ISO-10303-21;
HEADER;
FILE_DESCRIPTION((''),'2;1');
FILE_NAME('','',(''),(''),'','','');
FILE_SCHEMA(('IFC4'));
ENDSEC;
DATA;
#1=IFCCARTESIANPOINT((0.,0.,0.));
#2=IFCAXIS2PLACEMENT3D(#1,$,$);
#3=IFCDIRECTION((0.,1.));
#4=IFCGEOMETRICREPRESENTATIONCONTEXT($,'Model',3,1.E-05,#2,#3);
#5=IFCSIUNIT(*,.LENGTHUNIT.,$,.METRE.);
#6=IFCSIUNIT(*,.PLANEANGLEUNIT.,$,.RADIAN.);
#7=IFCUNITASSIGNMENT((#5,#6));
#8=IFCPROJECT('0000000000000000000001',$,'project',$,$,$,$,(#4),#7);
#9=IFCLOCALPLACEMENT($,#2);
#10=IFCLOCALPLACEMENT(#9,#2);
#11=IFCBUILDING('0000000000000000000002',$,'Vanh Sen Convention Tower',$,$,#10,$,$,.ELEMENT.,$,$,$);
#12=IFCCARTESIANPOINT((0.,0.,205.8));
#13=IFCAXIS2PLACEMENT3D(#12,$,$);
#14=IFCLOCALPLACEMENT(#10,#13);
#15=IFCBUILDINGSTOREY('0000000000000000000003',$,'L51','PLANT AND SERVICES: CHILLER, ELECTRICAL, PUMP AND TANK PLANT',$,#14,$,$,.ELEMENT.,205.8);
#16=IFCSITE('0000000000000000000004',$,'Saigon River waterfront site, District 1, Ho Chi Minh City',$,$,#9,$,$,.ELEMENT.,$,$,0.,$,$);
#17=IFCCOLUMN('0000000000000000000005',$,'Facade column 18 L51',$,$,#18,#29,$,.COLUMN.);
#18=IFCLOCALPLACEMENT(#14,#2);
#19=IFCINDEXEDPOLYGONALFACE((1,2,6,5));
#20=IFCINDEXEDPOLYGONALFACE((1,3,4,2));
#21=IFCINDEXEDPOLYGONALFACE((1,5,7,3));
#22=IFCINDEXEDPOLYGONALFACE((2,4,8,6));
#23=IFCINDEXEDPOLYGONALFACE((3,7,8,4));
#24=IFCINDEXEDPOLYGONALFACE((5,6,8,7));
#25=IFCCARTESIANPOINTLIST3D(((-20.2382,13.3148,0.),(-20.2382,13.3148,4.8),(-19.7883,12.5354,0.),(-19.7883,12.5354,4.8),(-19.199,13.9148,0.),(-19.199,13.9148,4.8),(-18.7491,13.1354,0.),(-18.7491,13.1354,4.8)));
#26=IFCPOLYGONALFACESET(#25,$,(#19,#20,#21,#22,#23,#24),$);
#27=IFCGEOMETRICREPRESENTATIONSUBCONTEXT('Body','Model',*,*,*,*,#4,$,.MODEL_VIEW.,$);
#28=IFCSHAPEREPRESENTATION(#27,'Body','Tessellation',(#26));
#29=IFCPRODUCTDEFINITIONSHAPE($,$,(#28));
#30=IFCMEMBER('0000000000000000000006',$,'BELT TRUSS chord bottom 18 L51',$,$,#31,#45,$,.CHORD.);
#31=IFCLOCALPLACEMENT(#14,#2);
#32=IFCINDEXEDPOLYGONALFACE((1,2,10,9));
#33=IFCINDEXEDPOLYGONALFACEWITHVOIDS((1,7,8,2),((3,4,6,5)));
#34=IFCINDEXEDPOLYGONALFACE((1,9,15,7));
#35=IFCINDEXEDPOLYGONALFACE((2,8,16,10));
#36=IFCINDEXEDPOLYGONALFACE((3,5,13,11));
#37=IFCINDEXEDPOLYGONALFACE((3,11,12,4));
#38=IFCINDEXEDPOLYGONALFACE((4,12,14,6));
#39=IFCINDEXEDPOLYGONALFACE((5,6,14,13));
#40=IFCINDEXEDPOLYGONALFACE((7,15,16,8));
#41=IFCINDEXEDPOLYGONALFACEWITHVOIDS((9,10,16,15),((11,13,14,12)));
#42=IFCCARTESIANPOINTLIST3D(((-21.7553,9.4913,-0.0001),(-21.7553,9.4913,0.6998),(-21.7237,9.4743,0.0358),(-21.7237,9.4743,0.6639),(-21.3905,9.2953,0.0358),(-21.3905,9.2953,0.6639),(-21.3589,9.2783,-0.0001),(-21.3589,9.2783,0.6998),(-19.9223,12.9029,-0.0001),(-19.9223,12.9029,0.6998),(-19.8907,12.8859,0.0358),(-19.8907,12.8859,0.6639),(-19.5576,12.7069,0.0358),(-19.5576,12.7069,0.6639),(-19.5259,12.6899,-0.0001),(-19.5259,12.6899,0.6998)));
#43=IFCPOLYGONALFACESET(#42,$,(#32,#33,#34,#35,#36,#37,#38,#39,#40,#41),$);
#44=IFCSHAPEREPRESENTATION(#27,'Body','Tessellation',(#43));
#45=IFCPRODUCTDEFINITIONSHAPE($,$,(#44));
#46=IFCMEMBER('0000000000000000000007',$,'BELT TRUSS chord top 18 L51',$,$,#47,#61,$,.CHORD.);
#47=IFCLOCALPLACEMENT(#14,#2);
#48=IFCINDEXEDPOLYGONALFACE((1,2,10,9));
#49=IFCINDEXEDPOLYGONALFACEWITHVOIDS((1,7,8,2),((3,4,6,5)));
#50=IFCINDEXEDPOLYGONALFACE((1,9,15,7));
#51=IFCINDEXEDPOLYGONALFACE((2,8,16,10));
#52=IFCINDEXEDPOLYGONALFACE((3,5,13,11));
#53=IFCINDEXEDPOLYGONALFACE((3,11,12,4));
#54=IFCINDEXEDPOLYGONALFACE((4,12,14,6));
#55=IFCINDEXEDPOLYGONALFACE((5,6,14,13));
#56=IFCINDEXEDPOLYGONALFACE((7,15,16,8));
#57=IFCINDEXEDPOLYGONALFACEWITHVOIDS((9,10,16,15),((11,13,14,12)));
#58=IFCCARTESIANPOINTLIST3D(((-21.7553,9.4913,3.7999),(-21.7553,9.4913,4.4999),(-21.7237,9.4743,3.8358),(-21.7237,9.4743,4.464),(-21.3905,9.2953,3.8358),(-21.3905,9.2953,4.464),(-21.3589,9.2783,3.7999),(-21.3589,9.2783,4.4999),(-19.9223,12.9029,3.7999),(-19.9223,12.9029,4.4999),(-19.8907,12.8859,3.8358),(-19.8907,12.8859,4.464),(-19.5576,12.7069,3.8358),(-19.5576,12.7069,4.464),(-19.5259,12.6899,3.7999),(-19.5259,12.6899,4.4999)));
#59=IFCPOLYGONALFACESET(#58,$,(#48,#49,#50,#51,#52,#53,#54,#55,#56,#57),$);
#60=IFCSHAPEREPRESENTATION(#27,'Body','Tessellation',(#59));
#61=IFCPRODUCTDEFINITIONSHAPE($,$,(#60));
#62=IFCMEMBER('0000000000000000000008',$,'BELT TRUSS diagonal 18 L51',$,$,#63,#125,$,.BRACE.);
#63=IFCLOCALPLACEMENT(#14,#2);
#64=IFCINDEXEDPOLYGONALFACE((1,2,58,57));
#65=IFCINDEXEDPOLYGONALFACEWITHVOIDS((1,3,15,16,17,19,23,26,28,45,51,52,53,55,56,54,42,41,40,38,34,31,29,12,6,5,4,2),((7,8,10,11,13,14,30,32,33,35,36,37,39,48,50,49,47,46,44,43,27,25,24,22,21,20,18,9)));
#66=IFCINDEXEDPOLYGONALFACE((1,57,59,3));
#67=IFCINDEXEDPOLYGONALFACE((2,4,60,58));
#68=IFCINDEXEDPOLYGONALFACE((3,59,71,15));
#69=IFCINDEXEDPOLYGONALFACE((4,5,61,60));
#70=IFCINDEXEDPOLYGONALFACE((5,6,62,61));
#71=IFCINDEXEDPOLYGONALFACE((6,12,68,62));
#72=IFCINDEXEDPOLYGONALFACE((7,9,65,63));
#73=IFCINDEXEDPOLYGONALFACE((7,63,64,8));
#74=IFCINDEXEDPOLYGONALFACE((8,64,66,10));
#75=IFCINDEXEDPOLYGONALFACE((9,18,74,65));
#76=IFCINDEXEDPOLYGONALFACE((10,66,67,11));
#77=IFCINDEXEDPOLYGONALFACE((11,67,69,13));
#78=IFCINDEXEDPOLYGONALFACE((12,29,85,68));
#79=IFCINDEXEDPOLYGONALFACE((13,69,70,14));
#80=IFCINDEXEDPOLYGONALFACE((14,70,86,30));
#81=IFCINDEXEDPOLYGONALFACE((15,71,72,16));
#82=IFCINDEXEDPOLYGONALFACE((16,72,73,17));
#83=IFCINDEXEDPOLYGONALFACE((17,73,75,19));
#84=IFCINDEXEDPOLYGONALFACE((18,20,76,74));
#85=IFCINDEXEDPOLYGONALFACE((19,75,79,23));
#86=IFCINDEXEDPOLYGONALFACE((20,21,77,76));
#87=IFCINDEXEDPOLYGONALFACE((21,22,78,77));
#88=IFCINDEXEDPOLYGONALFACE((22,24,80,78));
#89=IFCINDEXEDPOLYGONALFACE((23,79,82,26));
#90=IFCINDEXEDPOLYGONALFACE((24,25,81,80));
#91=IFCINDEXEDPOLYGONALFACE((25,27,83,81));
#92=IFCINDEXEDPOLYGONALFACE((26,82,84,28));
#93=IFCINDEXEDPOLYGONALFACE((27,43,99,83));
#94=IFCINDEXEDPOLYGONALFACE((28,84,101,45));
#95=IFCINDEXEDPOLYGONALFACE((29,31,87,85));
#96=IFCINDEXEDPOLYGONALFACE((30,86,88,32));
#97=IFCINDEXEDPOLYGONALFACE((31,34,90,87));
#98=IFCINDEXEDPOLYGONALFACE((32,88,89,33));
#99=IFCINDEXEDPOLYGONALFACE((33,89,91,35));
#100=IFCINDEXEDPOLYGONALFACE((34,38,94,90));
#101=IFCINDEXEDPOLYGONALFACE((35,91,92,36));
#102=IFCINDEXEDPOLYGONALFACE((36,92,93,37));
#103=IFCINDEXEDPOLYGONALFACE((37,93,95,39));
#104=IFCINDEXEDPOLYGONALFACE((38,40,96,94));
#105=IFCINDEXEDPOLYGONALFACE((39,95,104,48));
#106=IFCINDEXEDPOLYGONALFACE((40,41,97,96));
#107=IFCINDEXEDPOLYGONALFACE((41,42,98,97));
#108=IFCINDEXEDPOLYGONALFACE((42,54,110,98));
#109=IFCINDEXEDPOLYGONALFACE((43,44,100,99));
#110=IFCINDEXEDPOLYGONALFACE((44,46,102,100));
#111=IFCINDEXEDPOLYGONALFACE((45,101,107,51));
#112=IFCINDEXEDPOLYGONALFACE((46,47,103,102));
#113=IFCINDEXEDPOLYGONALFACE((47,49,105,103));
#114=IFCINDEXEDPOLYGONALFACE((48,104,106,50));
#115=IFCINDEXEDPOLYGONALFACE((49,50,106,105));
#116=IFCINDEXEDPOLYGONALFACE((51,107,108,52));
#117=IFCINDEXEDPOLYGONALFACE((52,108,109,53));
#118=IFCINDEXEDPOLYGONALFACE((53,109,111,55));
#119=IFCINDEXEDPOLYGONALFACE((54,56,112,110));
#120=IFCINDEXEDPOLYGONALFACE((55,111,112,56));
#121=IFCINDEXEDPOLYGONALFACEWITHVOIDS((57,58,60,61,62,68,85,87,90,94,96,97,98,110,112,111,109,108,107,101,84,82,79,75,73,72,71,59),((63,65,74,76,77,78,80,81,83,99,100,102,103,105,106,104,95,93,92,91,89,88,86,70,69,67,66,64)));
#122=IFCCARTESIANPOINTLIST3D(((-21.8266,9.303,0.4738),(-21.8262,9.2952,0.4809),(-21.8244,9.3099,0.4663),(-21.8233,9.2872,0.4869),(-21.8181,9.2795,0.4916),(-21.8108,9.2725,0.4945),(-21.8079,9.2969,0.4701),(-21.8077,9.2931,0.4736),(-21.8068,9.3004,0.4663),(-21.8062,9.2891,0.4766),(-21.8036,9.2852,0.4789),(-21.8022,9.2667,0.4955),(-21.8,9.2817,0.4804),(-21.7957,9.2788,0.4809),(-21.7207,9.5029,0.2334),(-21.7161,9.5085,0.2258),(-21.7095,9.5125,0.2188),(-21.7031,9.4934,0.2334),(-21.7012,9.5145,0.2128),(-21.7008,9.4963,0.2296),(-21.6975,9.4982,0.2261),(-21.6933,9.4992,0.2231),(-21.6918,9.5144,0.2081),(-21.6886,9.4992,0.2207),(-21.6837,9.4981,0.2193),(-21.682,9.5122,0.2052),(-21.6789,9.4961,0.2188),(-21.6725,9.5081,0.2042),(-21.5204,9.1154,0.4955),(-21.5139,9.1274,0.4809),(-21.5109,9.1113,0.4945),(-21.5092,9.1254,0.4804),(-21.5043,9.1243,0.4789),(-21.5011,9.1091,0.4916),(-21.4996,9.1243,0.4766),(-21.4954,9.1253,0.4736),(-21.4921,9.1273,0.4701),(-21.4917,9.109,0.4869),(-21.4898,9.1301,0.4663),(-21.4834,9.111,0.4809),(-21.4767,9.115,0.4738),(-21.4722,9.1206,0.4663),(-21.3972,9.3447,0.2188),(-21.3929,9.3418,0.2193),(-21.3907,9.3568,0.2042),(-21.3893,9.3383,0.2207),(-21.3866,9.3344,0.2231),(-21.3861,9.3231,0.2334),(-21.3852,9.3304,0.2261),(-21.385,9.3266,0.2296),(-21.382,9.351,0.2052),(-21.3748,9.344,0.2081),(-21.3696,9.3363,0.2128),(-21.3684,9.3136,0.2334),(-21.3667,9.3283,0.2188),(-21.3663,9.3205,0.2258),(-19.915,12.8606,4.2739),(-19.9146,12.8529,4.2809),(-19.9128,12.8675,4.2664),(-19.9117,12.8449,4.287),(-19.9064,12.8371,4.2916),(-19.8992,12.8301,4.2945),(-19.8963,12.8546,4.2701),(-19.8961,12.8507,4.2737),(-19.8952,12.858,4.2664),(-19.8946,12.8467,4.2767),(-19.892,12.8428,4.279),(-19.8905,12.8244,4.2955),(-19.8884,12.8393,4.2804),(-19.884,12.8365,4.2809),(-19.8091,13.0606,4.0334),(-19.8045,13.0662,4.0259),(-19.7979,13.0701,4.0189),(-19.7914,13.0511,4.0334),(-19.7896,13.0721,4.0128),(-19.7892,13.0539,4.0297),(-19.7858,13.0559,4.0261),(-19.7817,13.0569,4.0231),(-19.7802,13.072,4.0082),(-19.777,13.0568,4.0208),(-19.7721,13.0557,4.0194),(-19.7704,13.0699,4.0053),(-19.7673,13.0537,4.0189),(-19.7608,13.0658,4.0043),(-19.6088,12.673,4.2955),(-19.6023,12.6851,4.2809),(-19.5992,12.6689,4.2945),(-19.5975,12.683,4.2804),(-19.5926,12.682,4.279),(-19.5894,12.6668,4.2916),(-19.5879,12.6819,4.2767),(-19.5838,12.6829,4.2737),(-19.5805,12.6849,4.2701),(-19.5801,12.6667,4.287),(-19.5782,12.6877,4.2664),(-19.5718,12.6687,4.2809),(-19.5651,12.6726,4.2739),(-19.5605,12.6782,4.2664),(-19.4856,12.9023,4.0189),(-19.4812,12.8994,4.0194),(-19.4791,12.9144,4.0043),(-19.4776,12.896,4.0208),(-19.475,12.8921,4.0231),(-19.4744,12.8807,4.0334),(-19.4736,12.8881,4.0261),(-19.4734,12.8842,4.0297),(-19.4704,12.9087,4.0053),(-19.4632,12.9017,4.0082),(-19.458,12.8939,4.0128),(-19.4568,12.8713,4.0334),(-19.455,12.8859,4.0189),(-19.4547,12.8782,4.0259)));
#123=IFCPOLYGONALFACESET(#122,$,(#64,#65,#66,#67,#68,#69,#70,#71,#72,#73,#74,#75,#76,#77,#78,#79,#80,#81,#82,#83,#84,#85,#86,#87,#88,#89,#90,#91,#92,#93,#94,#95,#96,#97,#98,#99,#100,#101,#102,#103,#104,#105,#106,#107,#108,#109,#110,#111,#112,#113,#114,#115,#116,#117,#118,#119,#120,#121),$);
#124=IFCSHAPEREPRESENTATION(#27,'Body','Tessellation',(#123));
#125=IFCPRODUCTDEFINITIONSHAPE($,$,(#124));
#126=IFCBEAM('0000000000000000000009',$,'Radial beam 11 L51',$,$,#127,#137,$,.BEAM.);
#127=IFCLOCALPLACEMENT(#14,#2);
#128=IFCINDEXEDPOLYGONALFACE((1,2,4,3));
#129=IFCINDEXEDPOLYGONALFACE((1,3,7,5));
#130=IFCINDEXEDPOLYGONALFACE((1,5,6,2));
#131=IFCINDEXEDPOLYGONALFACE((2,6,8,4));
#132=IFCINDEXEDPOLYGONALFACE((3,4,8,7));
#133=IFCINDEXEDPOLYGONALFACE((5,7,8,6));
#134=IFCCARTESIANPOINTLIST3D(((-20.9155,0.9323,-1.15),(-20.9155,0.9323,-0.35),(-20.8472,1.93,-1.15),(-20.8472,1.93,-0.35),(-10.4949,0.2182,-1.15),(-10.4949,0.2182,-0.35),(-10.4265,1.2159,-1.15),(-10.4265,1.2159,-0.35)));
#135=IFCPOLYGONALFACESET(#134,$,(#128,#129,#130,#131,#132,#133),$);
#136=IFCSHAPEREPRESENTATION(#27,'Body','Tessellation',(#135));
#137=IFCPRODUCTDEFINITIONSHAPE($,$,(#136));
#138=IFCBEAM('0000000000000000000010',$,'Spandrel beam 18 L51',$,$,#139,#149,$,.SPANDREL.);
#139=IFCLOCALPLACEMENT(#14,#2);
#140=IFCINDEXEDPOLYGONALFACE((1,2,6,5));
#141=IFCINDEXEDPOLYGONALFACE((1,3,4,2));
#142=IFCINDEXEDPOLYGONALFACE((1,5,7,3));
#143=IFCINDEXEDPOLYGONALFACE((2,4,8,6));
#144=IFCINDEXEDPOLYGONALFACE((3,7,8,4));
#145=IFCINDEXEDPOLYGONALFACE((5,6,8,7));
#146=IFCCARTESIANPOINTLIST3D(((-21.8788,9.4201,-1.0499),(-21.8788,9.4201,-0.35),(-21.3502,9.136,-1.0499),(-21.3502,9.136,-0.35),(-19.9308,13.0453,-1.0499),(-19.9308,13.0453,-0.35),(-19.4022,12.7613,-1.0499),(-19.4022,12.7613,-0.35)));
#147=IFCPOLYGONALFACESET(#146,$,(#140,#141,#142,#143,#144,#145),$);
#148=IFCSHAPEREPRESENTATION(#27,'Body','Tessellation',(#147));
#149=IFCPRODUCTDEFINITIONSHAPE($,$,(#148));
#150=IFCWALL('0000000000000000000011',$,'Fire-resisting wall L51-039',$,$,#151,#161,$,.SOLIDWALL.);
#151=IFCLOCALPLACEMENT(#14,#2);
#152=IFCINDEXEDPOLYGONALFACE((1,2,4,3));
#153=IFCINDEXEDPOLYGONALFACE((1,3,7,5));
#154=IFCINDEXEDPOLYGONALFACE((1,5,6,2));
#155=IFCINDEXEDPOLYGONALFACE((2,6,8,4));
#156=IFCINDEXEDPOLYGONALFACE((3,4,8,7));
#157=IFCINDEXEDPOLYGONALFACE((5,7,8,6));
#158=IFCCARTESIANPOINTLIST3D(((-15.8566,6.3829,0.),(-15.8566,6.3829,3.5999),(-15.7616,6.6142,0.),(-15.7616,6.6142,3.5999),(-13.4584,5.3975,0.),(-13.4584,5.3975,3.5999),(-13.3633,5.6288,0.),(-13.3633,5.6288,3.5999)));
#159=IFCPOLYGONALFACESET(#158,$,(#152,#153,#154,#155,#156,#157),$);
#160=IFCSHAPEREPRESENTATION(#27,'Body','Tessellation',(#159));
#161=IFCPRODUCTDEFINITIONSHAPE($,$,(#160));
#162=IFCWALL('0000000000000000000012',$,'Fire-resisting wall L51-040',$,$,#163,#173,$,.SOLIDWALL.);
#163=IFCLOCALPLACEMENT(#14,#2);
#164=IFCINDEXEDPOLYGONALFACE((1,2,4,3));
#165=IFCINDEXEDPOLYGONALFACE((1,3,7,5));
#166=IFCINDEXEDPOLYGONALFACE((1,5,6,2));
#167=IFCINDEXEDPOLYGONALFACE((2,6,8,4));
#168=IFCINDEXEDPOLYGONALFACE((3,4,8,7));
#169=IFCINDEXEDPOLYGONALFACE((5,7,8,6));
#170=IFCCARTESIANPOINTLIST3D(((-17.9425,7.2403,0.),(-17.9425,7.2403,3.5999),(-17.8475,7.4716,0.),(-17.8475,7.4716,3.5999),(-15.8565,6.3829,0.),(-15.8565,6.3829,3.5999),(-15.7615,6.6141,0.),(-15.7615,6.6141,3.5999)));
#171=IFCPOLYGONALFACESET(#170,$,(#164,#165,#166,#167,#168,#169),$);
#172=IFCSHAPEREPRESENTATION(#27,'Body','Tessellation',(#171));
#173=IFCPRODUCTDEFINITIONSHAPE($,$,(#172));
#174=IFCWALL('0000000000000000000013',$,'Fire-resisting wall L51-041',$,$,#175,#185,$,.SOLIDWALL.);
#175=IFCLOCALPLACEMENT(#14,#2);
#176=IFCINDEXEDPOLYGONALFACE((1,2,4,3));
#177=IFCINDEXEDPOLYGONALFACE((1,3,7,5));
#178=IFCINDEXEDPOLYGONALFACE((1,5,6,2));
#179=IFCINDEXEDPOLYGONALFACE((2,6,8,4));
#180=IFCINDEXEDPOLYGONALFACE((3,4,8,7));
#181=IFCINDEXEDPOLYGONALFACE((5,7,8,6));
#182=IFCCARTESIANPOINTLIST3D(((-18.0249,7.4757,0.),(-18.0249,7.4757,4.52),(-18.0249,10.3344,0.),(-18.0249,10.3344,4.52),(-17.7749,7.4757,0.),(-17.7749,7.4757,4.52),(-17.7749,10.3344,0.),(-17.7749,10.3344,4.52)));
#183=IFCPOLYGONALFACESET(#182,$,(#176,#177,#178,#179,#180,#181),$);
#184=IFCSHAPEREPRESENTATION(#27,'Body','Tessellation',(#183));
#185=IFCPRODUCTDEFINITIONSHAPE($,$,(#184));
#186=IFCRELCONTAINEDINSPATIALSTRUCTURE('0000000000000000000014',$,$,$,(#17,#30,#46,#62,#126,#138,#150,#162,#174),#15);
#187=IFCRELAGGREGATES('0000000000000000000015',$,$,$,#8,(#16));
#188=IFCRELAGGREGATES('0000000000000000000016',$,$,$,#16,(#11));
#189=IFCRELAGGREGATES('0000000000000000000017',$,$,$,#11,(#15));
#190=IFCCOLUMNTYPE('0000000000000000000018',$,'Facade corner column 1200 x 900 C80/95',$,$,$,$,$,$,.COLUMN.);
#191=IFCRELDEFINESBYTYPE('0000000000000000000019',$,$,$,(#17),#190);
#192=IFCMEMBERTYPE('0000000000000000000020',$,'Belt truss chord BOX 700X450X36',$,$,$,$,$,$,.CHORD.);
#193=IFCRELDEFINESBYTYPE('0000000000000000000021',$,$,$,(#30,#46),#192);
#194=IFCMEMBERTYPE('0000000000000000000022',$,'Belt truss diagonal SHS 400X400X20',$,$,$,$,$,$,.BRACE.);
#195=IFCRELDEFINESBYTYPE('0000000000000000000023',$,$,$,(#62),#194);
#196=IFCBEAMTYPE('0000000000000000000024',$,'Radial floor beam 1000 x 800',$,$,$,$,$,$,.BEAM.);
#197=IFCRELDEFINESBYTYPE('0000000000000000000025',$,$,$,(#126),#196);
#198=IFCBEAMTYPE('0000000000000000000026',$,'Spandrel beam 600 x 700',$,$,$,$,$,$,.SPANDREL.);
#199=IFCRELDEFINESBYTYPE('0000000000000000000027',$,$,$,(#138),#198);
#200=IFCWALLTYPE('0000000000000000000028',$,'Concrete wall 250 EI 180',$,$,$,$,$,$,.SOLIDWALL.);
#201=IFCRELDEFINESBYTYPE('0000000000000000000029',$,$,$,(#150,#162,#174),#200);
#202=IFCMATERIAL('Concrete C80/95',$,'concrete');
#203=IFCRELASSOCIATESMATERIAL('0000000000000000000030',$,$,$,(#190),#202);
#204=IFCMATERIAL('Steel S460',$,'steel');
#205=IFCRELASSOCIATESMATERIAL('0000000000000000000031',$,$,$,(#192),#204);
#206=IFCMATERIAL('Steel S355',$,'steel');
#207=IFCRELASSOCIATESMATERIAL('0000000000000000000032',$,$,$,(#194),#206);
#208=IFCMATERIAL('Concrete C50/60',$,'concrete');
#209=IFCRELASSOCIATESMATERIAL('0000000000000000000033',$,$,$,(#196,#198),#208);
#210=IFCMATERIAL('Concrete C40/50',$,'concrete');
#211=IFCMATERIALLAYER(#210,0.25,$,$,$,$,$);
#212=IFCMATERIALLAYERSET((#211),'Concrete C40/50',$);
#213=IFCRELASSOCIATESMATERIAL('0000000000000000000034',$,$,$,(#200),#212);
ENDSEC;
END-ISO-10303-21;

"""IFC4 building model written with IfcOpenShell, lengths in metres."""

from ifc_helpers import new_model, si_unit, direction, frame, frame_2d, origin, origin_2d, place, context, subcontext, project, spatial, rectangle, hollow_rectangle, extrude, material, layer, layer_set, material_profile, profile_set, type_object, element, save


model = new_model("IFC4")

# Units and contexts
model_context = context("Model", 3, precision=1e-05, world=origin(), true_north=direction((0.0, 1.0)))
body_context = subcontext(model_context, "Body", "Model", "MODEL_VIEW")
ifc_project = project(units=[si_unit("LENGTHUNIT", "METRE"), si_unit("PLANEANGLEUNIT", "RADIAN")], contexts=[model_context])

# Site, building, storey
site_placement = place(None, origin())
site = spatial("IfcSite", under=ifc_project, at=site_placement, Name="Saigon River waterfront site, District 1, Ho Chi Minh City", CompositionType="ELEMENT", RefElevation=0.0)
building_placement = place(site_placement, origin())
building = spatial("IfcBuilding", under=site, at=building_placement, Name="Vanh Sen Convention Tower", CompositionType="ELEMENT")
storey_placement = place(building_placement, frame((0.0, 0.0, 205.8)))
storey = spatial("IfcBuildingStorey", under=building, at=storey_placement, Name="L51", Description="PLANT AND SERVICES: CHILLER, ELECTRICAL, PUMP AND TANK PLANT", CompositionType="ELEMENT", Elevation=205.8)

# Column
ifc_material_1 = material(Name="Concrete C80/95", Category="concrete")
ifc_material_profile_1 = material_profile(ifc_material_1, rectangle(XDim=1.2, YDim=0.8999, at=origin_2d()), Name="RC 1200X900")
ifc_profile_set_1 = profile_set([ifc_material_profile_1], Name="Concrete C80/95")
column_type = type_object("IfcColumnType", Name="Facade corner column 1200 x 900 C80/95", PredefinedType="COLUMN", material=ifc_profile_set_1)
column_placement = place(storey_placement, frame((-19.4937, 13.2251, 0.0), z_axis=(0.0, 0.0, 1.0), x_axis=(-0.866025, -0.5, 0.0)))
element("IfcColumn", 1, at=column_placement, inside=storey, type_object=column_type, Name="Facade column 18 L51", PredefinedType="COLUMN", context=body_context, shape_type="SweptSolid", body=[
    extrude(rectangle(XDim=1.2, YDim=0.8999, at=origin_2d()), origin(), (0.0, 0.0, 1.0), 4.8),
])

# Members
ifc_material_2 = material(Name="Steel S460", Category="steel")
ifc_material_profile_2 = material_profile(ifc_material_2, hollow_rectangle(XDim=0.45, YDim=0.7, WallThickness=0.0359, at=origin_2d()), Name="BOX 700X450X36")
ifc_profile_set_2 = profile_set([ifc_material_profile_2], Name="Steel S460")
member_type_1 = type_object("IfcMemberType", Name="Belt truss chord BOX 700X450X36", PredefinedType="CHORD", material=ifc_profile_set_2)
for number, where, z_axis, x_axis, name in (
    (2, (-19.7241, 12.7964, 0.3499), (-0.473295, -0.880904, 0.0), (0.880904, -0.473295, 0.0), "BELT TRUSS chord bottom 18 L51"),
    (3, (-19.7241, 12.7964, 4.1499), (-0.473295, -0.880904, 0.0), (0.880904, -0.473295, 0.0), "BELT TRUSS chord top 18 L51"),
):
    element("IfcMember", number, at=place(storey_placement, frame(where, z_axis=z_axis, x_axis=x_axis)), inside=storey, type_object=member_type_1, Name=name, PredefinedType="CHORD", context=body_context, shape_type="SweptSolid", body=[
        extrude(hollow_rectangle(XDim=0.45, YDim=0.7, WallThickness=0.0359, at=origin_2d()), origin(), (0.0, 0.0, 1.0), 3.8728),
    ])
ifc_material_3 = material(Name="Steel S355", Category="steel")
ifc_material_profile_3 = material_profile(ifc_material_3, hollow_rectangle(XDim=0.3999, YDim=0.3999, WallThickness=0.02, InnerFilletRadius=0.02, OuterFilletRadius=0.04, at=origin_2d()), Name="SHS 400X400X20")
ifc_profile_set_3 = profile_set([ifc_material_profile_3], Name="Steel S355")
member_type_2 = type_object("IfcMemberType", Name="Belt truss diagonal SHS 400X400X20", PredefinedType="BRACE", material=ifc_profile_set_3)
member_placement = place(storey_placement, frame((-19.6848, 12.8694, 4.1499), z_axis=(-0.344723, -0.641545, -0.685263), x_axis=(0.880886, -0.473328, 0.0)))
element("IfcMember", 4, at=member_placement, inside=storey, type_object=member_type_2, Name="BELT TRUSS diagonal 18 L51", PredefinedType="BRACE", context=body_context, shape_type="SweptSolid", body=[
    extrude(hollow_rectangle(XDim=0.3999, YDim=0.3999, WallThickness=0.02, InnerFilletRadius=0.02, OuterFilletRadius=0.04, at=origin_2d()), origin(), (0.0, 0.0, 1.0), 5.5454),
])

# Beams
ifc_material_4 = material(Name="Concrete C50/60", Category="concrete")
ifc_material_profile_4 = material_profile(ifc_material_4, rectangle(XDim=1.0, YDim=0.8, at=origin_2d()), Name="RC 1000X800")
ifc_profile_set_4 = profile_set([ifc_material_profile_4], Name="Concrete C50/60")
beam_type_1 = type_object("IfcBeamType", Name="Radial floor beam 1000 x 800", PredefinedType="BEAM", material=ifc_profile_set_4)
beam_1_placement = place(storey_placement, frame((-20.8813, 1.4312, -0.75), z_axis=(0.99766, -0.068368, 0.0), x_axis=(0.068368, 0.99766, 0.0)))
element("IfcBeam", 5, at=beam_1_placement, inside=storey, type_object=beam_type_1, Name="Radial beam 11 L51", PredefinedType="BEAM", context=body_context, shape_type="SweptSolid", body=[
    extrude(rectangle(XDim=1.0, YDim=0.8, at=origin_2d()), origin(), (0.0, 0.0, 1.0), 10.4451),
])
ifc_material_profile_5 = material_profile(ifc_material_4, rectangle(XDim=0.6001, YDim=0.7, at=origin_2d()), Name="RC 600X700")
ifc_profile_set_5 = profile_set([ifc_material_profile_5], Name="Concrete C50/60")
beam_type_2 = type_object("IfcBeamType", Name="Spandrel beam 600 x 700", PredefinedType="SPANDREL", material=ifc_profile_set_5)
beam_2_placement = place(storey_placement, frame((-19.6665, 12.9033, -0.7), z_axis=(-0.473336, -0.880882, 0.0), x_axis=(0.880882, -0.473336, 0.0)))
element("IfcBeam", 6, at=beam_2_placement, inside=storey, type_object=beam_type_2, Name="Spandrel beam 18 L51", PredefinedType="SPANDREL", context=body_context, shape_type="SweptSolid", body=[
    extrude(rectangle(XDim=0.6001, YDim=0.7, at=origin_2d()), origin(), (0.0, 0.0, 1.0), 4.1155),
])

# Walls
ifc_material_5 = material(Name="Concrete C40/50", Category="concrete")
ifc_layer_1 = layer(ifc_material_5, 0.25)
ifc_layer_set_1 = layer_set([ifc_layer_1], Name="Concrete C40/50")
wall_type_1 = type_object("IfcWallType", Name="Concrete wall 250 EI 180", PredefinedType="SOLIDWALL", material=ifc_layer_set_1)
wall_1_placement = place(storey_placement, frame((-15.8091, 6.4985, 0.0), z_axis=(0.0, 0.0, 1.0), x_axis=(0.924968, -0.380044, 0.0)))
element("IfcWall", 7, at=wall_1_placement, inside=storey, type_object=wall_type_1, Name="Fire-resisting wall L51-039", PredefinedType="SOLIDWALL", context=body_context, shape_type="SweptSolid", body=[
    extrude(rectangle(XDim=2.5928, YDim=0.25, at=frame_2d((1.2964, 0.0))), origin(), (0.0, 0.0, 1.0), 3.5999),
])
wall_2_placement = place(storey_placement, frame((-17.895, 7.356, 0.0), z_axis=(0.0, 0.0, 1.0), x_axis=(0.924911, -0.380183, 0.0)))
element("IfcWall", 8, at=wall_2_placement, inside=storey, type_object=wall_type_1, Name="Fire-resisting wall L51-040", PredefinedType="SOLIDWALL", context=body_context, shape_type="SweptSolid", body=[
    extrude(rectangle(XDim=2.2554, YDim=0.25, at=frame_2d((1.1277, 0.0))), origin(), (0.0, 0.0, 1.0), 3.5999),
])
wall_3_placement = place(storey_placement, frame((-17.8999, 7.4758, 0.0), z_axis=(0.0, 0.0, 1.0), x_axis=(0.0, 1.0, 0.0)))
element("IfcWall", 9, at=wall_3_placement, inside=storey, type_object=wall_type_1, Name="Fire-resisting wall L51-041", PredefinedType="SOLIDWALL", context=body_context, shape_type="SweptSolid", body=[
    extrude(rectangle(XDim=2.8586, YDim=0.25, at=frame_2d((1.4292, 0.0))), origin(), (0.0, 0.0, 1.0), 4.52),
])

save(model, "model.ifc")
